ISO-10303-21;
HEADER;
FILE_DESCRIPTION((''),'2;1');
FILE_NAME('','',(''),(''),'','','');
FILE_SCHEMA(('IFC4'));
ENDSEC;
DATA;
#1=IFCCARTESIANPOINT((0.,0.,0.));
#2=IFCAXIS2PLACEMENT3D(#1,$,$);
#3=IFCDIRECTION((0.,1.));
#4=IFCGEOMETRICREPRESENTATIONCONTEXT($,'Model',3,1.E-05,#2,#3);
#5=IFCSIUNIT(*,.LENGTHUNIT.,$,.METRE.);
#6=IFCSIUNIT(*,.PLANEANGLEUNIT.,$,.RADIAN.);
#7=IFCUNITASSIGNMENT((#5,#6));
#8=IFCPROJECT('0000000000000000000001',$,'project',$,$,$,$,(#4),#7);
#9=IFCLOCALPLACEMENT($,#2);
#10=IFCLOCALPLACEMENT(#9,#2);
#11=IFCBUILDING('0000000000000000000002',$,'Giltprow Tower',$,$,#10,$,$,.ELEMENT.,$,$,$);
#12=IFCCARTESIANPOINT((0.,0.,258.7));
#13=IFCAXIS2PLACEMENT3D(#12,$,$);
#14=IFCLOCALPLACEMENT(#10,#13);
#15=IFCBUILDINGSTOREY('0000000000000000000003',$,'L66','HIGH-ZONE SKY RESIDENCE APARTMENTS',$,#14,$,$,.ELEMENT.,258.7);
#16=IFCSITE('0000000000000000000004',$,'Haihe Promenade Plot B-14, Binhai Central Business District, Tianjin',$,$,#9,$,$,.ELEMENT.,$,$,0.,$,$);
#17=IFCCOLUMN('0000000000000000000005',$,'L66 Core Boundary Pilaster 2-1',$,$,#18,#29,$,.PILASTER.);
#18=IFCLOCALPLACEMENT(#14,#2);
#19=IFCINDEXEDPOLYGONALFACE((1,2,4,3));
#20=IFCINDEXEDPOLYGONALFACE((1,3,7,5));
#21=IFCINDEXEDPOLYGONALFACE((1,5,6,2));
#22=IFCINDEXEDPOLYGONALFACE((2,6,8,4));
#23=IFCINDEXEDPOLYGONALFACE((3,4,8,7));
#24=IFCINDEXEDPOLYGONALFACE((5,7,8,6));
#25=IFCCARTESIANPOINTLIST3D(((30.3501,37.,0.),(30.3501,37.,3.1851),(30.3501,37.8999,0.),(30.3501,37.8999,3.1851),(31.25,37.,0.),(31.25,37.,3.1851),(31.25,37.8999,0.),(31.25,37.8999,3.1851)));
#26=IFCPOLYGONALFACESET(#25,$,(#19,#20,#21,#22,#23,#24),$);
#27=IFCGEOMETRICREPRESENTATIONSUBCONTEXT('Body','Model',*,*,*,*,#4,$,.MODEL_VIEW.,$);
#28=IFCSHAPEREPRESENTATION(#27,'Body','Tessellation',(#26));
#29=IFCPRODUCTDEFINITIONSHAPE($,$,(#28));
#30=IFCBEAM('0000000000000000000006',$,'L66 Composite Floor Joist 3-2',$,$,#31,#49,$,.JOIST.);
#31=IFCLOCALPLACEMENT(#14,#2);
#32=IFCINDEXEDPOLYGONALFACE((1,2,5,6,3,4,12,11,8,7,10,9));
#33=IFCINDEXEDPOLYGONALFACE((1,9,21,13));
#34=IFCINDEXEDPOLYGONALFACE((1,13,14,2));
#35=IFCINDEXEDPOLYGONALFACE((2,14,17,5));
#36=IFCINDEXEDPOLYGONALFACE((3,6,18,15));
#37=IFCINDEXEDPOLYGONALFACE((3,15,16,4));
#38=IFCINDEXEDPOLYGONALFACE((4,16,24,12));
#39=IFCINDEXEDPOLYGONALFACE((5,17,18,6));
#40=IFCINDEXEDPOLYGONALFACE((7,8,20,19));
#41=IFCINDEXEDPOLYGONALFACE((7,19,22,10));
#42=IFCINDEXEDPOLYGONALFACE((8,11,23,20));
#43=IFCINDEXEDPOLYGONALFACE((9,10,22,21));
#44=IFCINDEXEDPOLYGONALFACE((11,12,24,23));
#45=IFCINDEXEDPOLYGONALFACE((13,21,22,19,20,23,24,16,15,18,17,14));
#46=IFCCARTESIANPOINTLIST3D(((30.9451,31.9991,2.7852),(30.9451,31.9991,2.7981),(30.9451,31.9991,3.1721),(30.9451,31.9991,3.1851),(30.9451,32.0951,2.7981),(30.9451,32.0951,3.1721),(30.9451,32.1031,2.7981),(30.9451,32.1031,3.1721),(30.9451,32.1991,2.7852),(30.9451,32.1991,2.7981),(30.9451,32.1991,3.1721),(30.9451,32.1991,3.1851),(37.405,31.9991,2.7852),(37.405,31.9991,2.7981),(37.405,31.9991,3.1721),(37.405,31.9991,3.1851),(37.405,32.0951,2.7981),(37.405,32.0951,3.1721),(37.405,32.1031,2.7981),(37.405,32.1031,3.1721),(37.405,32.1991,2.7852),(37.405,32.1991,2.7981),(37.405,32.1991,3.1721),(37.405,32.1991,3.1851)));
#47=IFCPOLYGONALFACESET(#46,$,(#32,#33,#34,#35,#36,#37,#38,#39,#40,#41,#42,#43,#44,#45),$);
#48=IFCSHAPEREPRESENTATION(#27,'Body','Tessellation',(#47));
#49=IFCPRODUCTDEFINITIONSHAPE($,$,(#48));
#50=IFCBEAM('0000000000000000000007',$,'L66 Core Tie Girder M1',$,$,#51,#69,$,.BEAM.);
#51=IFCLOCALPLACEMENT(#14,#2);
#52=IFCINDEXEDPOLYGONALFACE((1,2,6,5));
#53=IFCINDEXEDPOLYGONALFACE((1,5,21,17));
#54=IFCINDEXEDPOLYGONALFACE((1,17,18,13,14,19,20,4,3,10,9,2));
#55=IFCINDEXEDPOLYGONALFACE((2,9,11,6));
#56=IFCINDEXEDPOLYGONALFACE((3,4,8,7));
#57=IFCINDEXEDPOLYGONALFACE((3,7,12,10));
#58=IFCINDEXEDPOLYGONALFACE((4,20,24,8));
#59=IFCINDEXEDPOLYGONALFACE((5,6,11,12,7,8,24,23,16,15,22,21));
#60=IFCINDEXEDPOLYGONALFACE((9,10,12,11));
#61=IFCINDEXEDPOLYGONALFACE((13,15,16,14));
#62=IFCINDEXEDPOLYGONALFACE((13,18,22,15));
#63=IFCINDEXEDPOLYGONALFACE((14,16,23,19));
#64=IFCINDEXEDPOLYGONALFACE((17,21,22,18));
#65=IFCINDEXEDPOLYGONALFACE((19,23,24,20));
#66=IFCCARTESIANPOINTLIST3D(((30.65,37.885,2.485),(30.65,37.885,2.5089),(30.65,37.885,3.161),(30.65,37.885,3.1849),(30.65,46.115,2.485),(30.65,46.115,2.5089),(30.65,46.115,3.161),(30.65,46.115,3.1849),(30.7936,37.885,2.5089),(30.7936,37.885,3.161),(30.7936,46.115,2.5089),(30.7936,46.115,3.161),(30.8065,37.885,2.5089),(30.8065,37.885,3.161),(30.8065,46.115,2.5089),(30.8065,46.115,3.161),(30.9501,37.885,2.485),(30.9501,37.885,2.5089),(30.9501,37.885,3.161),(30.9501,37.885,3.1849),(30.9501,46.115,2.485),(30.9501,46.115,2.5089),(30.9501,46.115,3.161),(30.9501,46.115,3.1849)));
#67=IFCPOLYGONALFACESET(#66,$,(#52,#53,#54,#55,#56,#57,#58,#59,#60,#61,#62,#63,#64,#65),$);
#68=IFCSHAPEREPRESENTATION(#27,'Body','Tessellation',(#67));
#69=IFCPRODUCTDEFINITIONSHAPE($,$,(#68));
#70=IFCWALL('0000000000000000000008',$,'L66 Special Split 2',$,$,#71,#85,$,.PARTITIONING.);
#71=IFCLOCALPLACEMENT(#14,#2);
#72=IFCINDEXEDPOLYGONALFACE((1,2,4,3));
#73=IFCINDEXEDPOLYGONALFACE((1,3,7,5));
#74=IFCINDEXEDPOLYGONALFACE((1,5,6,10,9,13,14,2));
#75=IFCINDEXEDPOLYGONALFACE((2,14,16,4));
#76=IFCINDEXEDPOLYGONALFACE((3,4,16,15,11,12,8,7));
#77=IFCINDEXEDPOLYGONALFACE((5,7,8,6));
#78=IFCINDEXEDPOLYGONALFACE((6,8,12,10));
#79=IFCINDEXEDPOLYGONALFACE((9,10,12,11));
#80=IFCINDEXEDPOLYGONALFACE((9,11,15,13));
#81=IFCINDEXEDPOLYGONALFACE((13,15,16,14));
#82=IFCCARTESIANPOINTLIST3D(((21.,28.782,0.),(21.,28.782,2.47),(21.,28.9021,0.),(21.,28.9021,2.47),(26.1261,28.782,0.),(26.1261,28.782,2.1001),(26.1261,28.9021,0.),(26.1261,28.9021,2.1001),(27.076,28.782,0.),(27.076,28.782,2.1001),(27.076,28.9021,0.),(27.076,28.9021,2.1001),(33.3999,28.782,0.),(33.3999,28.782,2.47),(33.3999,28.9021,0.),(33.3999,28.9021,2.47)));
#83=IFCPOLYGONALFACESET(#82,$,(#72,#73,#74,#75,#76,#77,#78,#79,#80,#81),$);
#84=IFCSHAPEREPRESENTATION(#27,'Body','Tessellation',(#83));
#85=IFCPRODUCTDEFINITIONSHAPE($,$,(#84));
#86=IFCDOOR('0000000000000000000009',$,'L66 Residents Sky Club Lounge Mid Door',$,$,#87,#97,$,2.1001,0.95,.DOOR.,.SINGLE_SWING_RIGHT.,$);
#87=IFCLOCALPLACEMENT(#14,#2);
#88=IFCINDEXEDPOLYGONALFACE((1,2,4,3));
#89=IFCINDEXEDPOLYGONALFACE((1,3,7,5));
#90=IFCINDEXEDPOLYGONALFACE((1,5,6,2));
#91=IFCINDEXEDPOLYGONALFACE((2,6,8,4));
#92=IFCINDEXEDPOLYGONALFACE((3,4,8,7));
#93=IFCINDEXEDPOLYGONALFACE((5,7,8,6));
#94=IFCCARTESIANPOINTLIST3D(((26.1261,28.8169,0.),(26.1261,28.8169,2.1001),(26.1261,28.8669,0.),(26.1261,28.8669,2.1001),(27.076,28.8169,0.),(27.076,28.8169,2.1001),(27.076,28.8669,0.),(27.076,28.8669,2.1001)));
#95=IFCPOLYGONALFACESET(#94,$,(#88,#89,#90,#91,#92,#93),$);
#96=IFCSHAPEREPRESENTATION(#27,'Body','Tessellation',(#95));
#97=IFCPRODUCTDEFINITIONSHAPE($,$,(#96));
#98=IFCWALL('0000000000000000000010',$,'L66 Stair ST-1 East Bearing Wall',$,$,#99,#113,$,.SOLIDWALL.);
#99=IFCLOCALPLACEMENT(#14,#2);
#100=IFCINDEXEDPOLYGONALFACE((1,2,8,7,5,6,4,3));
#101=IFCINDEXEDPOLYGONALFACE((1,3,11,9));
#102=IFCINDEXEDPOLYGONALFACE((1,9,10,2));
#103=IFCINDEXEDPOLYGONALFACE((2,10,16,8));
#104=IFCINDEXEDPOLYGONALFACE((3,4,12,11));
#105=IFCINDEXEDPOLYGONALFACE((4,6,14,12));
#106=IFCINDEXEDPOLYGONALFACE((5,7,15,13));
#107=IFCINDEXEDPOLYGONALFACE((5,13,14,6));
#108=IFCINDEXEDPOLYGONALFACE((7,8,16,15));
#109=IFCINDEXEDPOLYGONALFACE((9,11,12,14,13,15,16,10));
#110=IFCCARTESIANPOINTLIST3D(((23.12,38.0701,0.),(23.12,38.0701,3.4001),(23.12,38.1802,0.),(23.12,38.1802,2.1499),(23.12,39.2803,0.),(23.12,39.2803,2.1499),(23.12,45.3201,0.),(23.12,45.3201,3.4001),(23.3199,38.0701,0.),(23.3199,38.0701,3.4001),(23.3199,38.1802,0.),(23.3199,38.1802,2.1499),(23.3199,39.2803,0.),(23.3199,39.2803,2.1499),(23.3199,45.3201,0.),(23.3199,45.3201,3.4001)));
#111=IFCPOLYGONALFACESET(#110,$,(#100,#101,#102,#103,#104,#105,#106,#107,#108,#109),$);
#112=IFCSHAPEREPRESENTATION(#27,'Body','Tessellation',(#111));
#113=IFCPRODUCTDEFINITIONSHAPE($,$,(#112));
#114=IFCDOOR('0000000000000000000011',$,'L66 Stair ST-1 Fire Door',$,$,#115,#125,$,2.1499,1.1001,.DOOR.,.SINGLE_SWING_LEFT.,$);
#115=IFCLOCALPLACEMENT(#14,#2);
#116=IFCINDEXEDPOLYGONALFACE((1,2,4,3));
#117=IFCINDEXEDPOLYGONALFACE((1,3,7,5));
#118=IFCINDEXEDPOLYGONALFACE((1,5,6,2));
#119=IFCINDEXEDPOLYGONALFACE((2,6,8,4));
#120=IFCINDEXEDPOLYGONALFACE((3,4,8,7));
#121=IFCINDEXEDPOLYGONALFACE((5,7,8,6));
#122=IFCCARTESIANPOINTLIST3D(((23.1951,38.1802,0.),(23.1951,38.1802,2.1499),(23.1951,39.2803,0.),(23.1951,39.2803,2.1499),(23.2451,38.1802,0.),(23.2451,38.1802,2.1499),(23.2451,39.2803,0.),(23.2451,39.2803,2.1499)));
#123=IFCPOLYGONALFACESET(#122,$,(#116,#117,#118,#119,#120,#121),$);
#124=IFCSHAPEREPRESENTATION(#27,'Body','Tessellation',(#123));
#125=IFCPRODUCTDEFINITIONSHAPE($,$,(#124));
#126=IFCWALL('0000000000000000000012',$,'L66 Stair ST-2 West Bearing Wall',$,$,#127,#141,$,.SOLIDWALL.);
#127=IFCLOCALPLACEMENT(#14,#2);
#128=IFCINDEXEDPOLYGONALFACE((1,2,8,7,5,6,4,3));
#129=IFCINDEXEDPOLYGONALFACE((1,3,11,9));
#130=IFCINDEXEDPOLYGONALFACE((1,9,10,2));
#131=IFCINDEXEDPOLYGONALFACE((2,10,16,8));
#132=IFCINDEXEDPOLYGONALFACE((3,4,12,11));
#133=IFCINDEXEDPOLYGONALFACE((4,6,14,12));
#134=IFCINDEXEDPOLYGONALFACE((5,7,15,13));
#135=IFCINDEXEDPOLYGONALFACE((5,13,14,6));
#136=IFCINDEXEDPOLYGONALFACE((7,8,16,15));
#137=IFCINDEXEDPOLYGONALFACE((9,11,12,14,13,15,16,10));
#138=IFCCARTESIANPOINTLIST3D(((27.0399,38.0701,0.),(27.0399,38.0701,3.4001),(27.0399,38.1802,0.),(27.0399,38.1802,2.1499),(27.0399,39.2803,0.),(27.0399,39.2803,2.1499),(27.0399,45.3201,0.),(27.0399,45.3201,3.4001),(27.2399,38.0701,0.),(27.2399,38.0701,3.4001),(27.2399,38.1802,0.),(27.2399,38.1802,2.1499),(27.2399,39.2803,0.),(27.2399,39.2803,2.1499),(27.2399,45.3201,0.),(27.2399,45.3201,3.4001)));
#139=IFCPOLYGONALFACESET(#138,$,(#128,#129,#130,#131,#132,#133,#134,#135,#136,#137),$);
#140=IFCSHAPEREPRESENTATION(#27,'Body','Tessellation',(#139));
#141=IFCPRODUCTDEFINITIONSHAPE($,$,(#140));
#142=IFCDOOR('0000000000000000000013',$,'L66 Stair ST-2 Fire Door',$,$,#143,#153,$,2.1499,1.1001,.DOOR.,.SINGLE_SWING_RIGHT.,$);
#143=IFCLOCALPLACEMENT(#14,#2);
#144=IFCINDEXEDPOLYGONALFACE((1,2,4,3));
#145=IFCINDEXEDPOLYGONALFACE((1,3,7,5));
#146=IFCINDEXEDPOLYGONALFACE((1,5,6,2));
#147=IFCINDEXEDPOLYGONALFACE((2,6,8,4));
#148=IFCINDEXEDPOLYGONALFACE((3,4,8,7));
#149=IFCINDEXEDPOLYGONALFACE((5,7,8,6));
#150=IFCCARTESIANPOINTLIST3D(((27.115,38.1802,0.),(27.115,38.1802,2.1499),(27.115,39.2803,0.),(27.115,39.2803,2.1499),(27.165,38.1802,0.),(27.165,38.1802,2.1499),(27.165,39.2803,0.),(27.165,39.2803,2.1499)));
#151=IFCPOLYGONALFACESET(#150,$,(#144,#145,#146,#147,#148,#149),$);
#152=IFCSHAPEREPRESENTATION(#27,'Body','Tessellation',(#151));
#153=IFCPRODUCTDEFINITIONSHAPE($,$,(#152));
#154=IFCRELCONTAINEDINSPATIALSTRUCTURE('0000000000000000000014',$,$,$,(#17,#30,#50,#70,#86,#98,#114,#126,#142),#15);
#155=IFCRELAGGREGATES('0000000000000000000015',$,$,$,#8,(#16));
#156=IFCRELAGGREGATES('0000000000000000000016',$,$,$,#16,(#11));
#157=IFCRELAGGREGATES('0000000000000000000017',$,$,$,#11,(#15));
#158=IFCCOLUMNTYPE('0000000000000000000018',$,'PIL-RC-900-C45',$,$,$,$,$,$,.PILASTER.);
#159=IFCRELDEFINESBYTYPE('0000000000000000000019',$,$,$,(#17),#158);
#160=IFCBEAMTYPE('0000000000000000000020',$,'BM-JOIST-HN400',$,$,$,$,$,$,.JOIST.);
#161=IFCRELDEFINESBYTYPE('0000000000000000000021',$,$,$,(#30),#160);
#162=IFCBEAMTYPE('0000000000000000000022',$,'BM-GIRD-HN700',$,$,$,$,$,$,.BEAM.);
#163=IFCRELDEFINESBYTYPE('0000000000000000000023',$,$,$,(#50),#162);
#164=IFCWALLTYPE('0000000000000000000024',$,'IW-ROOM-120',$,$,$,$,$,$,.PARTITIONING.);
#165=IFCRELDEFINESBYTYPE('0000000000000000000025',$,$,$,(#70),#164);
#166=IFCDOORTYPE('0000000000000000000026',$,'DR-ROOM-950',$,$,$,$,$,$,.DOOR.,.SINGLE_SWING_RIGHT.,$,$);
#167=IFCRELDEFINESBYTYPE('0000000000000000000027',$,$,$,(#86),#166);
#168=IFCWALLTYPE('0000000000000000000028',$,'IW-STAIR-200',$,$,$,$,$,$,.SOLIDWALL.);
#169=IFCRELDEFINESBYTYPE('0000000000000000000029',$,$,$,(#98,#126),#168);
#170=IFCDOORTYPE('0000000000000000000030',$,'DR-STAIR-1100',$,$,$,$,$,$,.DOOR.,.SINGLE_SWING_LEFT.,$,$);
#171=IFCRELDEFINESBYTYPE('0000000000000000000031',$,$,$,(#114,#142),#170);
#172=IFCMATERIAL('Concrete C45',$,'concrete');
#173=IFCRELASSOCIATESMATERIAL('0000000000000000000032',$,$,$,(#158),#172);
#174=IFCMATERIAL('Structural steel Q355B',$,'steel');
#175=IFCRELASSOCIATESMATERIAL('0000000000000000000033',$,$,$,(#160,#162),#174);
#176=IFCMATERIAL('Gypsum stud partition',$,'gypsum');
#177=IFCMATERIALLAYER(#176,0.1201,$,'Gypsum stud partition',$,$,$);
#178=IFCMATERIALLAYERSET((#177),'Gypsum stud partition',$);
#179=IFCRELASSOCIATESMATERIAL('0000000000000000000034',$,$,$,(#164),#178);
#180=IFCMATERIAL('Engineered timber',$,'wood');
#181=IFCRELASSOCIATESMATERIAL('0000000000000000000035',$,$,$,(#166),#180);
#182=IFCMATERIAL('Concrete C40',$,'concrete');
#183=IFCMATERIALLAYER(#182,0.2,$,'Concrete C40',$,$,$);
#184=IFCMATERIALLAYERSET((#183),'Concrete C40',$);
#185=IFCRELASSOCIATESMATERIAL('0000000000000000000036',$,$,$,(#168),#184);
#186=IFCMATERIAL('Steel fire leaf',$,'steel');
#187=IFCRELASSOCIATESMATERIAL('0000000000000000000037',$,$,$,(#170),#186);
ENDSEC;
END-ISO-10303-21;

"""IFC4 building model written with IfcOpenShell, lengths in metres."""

from ifc_helpers import new_model, si_unit, direction, frame, frame_2d, origin, origin_2d, place, context, subcontext, project, spatial, rectangle, i_section, extrude, source, transform, mapped, material, layer, layer_set, material_profile, profile_set, type_object, element, fill, save


model = new_model("IFC4")

# Units and contexts
model_context = context("Model", 3, precision=1e-05, world=origin(), true_north=direction((0.0, 1.0)))
body_context = subcontext(model_context, "Body", "Model", "MODEL_VIEW")
ifc_project = project(units=[si_unit("LENGTHUNIT", "METRE"), si_unit("PLANEANGLEUNIT", "RADIAN")], contexts=[model_context])

# Site, building, storey
site_placement = place(None, origin())
site = spatial("IfcSite", under=ifc_project, at=site_placement, Name="Haihe Promenade Plot B-14, Binhai Central Business District, Tianjin", CompositionType="ELEMENT", RefElevation=0.0)
building_placement = place(site_placement, origin())
building = spatial("IfcBuilding", under=site, at=building_placement, Name="Giltprow Tower", CompositionType="ELEMENT")
storey_placement = place(building_placement, frame((0.0, 0.0, 258.7)))
storey = spatial("IfcBuildingStorey", under=building, at=storey_placement, Name="L66", Description="HIGH-ZONE SKY RESIDENCE APARTMENTS", CompositionType="ELEMENT", Elevation=258.7)

# Column
ifc_material_1 = material(Name="Concrete C45", Category="concrete")
ifc_material_profile_1 = material_profile(ifc_material_1, rectangle(XDim=0.8999, YDim=0.8999, at=origin_2d()), Name="RC 900x900")
ifc_profile_set_1 = profile_set([ifc_material_profile_1], Name="Concrete C45")
column_type = type_object("IfcColumnType", Name="PIL-RC-900-C45", PredefinedType="PILASTER", material=ifc_profile_set_1)
shared_shape_1 = source(origin(), body_context, "Body", "SweptSolid", [
    extrude(rectangle(XDim=0.8999, YDim=0.8999, at=origin_2d()), origin(), (0.0, 0.0, 1.0), 3.1851),
])
column_placement = place(storey_placement, frame((30.8, 37.45, 0.0), z_axis=(0.0, 0.0, 1.0), x_axis=(1.0, 0.0, 0.0)))
element("IfcColumn", 1, at=column_placement, inside=storey, type_object=column_type, Name="L66 Core Boundary Pilaster 2-1", PredefinedType="PILASTER", context=body_context, shape_type="MappedRepresentation", body=[
    mapped(shared_shape_1, transform((0.0, 0.0, 0.0), x_axis=(1.0, 0.0, 0.0), y_axis=(0.0, 1.0, 0.0), z_axis=(0.0, 0.0, 1.0), scale=1.0)),
])

# Beams
ifc_material_2 = material(Name="Structural steel Q355B", Category="steel")
ifc_material_profile_2 = material_profile(ifc_material_2, i_section(OverallWidth=0.2, OverallDepth=0.3999, WebThickness=0.0081, FlangeThickness=0.0129, at=origin_2d()), Name="HN 400x200x8x13")
ifc_profile_set_2 = profile_set([ifc_material_profile_2], Name="Structural steel Q355B")
beam_type_1 = type_object("IfcBeamType", Name="BM-JOIST-HN400", PredefinedType="JOIST", material=ifc_profile_set_2)
shared_shape_2 = source(origin(), body_context, "Body", "SweptSolid", [
    extrude(i_section(OverallWidth=0.2, OverallDepth=0.3999, WebThickness=0.0081, FlangeThickness=0.0129, at=origin_2d()), origin(), (0.0, 0.0, 1.0), 6.46),
])
beam_1_placement = place(storey_placement, frame((30.9451, 32.0991, 2.9851), z_axis=(1.0, 0.0, 0.0), x_axis=(0.0, 1.0, 0.0)))
element("IfcBeam", 2, at=beam_1_placement, inside=storey, type_object=beam_type_1, Name="L66 Composite Floor Joist 3-2", PredefinedType="JOIST", context=body_context, shape_type="MappedRepresentation", body=[
    mapped(shared_shape_2, transform((0.0, 0.0, 0.0), x_axis=(1.0, 0.0, 0.0), y_axis=(0.0, 1.0, 0.0), z_axis=(0.0, 0.0, 1.0), scale=1.0)),
])
ifc_material_profile_3 = material_profile(ifc_material_2, i_section(OverallWidth=0.3, OverallDepth=0.7, WebThickness=0.0129, FlangeThickness=0.0239, at=origin_2d()), Name="HN 700x300x13x24")
ifc_profile_set_3 = profile_set([ifc_material_profile_3], Name="Structural steel Q355B")
beam_type_2 = type_object("IfcBeamType", Name="BM-GIRD-HN700", PredefinedType="BEAM", material=ifc_profile_set_3)
shared_shape_3 = source(origin(), body_context, "Body", "SweptSolid", [
    extrude(i_section(OverallWidth=0.3, OverallDepth=0.7, WebThickness=0.0129, FlangeThickness=0.0239, at=origin_2d()), origin(), (0.0, 0.0, 1.0), 8.23),
])
beam_2_placement = place(storey_placement, frame((30.8, 37.885, 2.835), z_axis=(0.0, 1.0, 0.0), x_axis=(-1.0, 0.0, 0.0)))
element("IfcBeam", 3, at=beam_2_placement, inside=storey, type_object=beam_type_2, Name="L66 Core Tie Girder M1", PredefinedType="BEAM", context=body_context, shape_type="MappedRepresentation", body=[
    mapped(shared_shape_3, transform((0.0, 0.0, 0.0), x_axis=(1.0, 0.0, 0.0), y_axis=(0.0, 1.0, 0.0), z_axis=(0.0, 0.0, 1.0), scale=1.0)),
])

# Walls, openings, doors
ifc_material_3 = material(Name="Gypsum stud partition", Category="gypsum")
ifc_layer_1 = layer(ifc_material_3, 0.1201, Name="Gypsum stud partition")
ifc_layer_set_1 = layer_set([ifc_layer_1], Name="Gypsum stud partition")
wall_type_1 = type_object("IfcWallType", Name="IW-ROOM-120", PredefinedType="PARTITIONING", material=ifc_layer_set_1)
wall_1_placement = place(storey_placement, frame((21.0, 28.842, 0.0), z_axis=(0.0, 0.0, 1.0), x_axis=(1.0, 0.0, 0.0)))
wall_1 = element("IfcWall", 4, at=wall_1_placement, inside=storey, type_object=wall_type_1, Name="L66 Special Split 2", PredefinedType="PARTITIONING", context=body_context, shape_type="SweptSolid", body=[
    extrude(rectangle(XDim=12.3999, YDim=0.1201, at=frame_2d((6.2, 0.0))), origin(), (0.0, 0.0, 1.0), 2.47),
])
opening_1_placement = place(wall_1_placement, frame((5.126, 0.0, 0.0)))
opening_1 = element("IfcOpeningElement", 5, at=opening_1_placement, cuts=wall_1, PredefinedType="OPENING", context=body_context, shape_type="SweptSolid", body=[
    extrude(rectangle(XDim=0.95, YDim=2.1001, at=frame_2d((0.4751, 1.05))), frame((0.0, 0.0701, 0.0), z_axis=(0.0, -1.0, 0.0), x_axis=(1.0, 0.0, 0.0)), (0.0, 0.0, 1.0), 0.1401),
])
ifc_material_4 = material(Name="Engineered timber", Category="wood")
door_type_1 = type_object("IfcDoorType", Name="DR-ROOM-950", OperationType="SINGLE_SWING_RIGHT", PredefinedType="DOOR", material=ifc_material_4)
shared_shape_4 = source(origin(), body_context, "Body", "SweptSolid", [
    extrude(rectangle(XDim=0.95, YDim=2.1001, at=frame_2d((0.4751, 1.05))), frame((0.0, 0.0249, 0.0), z_axis=(0.0, -1.0, 0.0), x_axis=(1.0, 0.0, 0.0)), (0.0, 0.0, 1.0), 0.05),
])
door_1_placement = place(opening_1_placement, origin())
door_1 = element("IfcDoor", 6, at=door_1_placement, inside=storey, type_object=door_type_1, Name="L66 Residents Sky Club Lounge Mid Door", OperationType="SINGLE_SWING_RIGHT", OverallHeight=2.1001, OverallWidth=0.95, PredefinedType="DOOR", context=body_context, shape_type="MappedRepresentation", body=[
    mapped(shared_shape_4, transform((0.0, 0.0, 0.0), x_axis=(1.0, 0.0, 0.0), y_axis=(0.0, 1.0, 0.0), z_axis=(0.0, 0.0, 1.0), scale=1.0)),
])
fill(opening_1, door_1)
ifc_material_5 = material(Name="Concrete C40", Category="concrete")
ifc_layer_2 = layer(ifc_material_5, 0.2, Name="Concrete C40")
ifc_layer_set_2 = layer_set([ifc_layer_2], Name="Concrete C40")
wall_type_2 = type_object("IfcWallType", Name="IW-STAIR-200", PredefinedType="SOLIDWALL", material=ifc_layer_set_2)
wall_2_placement = place(storey_placement, frame((23.22, 38.0701, 0.0), z_axis=(0.0, 0.0, 1.0), x_axis=(0.0, 1.0, 0.0)))
wall_2 = element("IfcWall", 7, at=wall_2_placement, inside=storey, type_object=wall_type_2, Name="L66 Stair ST-1 East Bearing Wall", PredefinedType="SOLIDWALL", context=body_context, shape_type="SweptSolid", body=[
    extrude(rectangle(XDim=7.25, YDim=0.2, at=frame_2d((3.625, 0.0))), origin(), (0.0, 0.0, 1.0), 3.4001),
])
opening_2_placement = place(wall_2_placement, frame((0.1101, 0.0, 0.0)))
opening_2 = element("IfcOpeningElement", 8, at=opening_2_placement, cuts=wall_2, PredefinedType="OPENING", context=body_context, shape_type="SweptSolid", body=[
    extrude(rectangle(XDim=1.1001, YDim=2.1499, at=frame_2d((0.55, 1.075))), frame((0.0, 0.1099, 0.0), z_axis=(0.0, -1.0, 0.0), x_axis=(1.0, 0.0, 0.0)), (0.0, 0.0, 1.0), 0.22),
])
ifc_material_6 = material(Name="Steel fire leaf", Category="steel")
door_type_2 = type_object("IfcDoorType", Name="DR-STAIR-1100", OperationType="SINGLE_SWING_LEFT", PredefinedType="DOOR", material=ifc_material_6)
shared_shape_5 = source(origin(), body_context, "Body", "SweptSolid", [
    extrude(rectangle(XDim=1.1001, YDim=2.1499, at=frame_2d((0.55, 1.075))), frame((0.0, 0.0249, 0.0), z_axis=(0.0, -1.0, 0.0), x_axis=(1.0, 0.0, 0.0)), (0.0, 0.0, 1.0), 0.05),
])
door_2_placement = place(opening_2_placement, origin())
door_2 = element("IfcDoor", 9, at=door_2_placement, inside=storey, type_object=door_type_2, Name="L66 Stair ST-1 Fire Door", OperationType="SINGLE_SWING_LEFT", OverallHeight=2.1499, OverallWidth=1.1001, PredefinedType="DOOR", context=body_context, shape_type="MappedRepresentation", body=[
    mapped(shared_shape_5, transform((0.0, 0.0, 0.0), x_axis=(1.0, 0.0, 0.0), y_axis=(0.0, 1.0, 0.0), z_axis=(0.0, 0.0, 1.0), scale=1.0)),
])
fill(opening_2, door_2)
wall_3_placement = place(storey_placement, frame((27.1399, 38.0701, 0.0), z_axis=(0.0, 0.0, 1.0), x_axis=(0.0, 1.0, 0.0)))
wall_3 = element("IfcWall", 10, at=wall_3_placement, inside=storey, type_object=wall_type_2, Name="L66 Stair ST-2 West Bearing Wall", PredefinedType="SOLIDWALL", context=body_context, shape_type="SweptSolid", body=[
    extrude(rectangle(XDim=7.25, YDim=0.2, at=frame_2d((3.625, 0.0))), origin(), (0.0, 0.0, 1.0), 3.4001),
])
opening_3_placement = place(wall_3_placement, frame((0.1101, 0.0, 0.0)))
opening_3 = element("IfcOpeningElement", 11, at=opening_3_placement, cuts=wall_3, PredefinedType="OPENING", context=body_context, shape_type="SweptSolid", body=[
    extrude(rectangle(XDim=1.1001, YDim=2.1499, at=frame_2d((0.55, 1.075))), frame((0.0, 0.1099, 0.0), z_axis=(0.0, -1.0, 0.0), x_axis=(1.0, 0.0, 0.0)), (0.0, 0.0, 1.0), 0.22),
])
door_3_placement = place(opening_3_placement, origin())
door_3 = element("IfcDoor", 12, at=door_3_placement, inside=storey, type_object=door_type_2, Name="L66 Stair ST-2 Fire Door", OperationType="SINGLE_SWING_RIGHT", OverallHeight=2.1499, OverallWidth=1.1001, PredefinedType="DOOR", context=body_context, shape_type="MappedRepresentation", body=[
    mapped(shared_shape_5, transform((0.0, 0.0, 0.0), x_axis=(1.0, 0.0, 0.0), y_axis=(0.0, 1.0, 0.0), z_axis=(0.0, 0.0, 1.0), scale=1.0)),
])
fill(opening_3, door_3)

save(model, "model.ifc")
